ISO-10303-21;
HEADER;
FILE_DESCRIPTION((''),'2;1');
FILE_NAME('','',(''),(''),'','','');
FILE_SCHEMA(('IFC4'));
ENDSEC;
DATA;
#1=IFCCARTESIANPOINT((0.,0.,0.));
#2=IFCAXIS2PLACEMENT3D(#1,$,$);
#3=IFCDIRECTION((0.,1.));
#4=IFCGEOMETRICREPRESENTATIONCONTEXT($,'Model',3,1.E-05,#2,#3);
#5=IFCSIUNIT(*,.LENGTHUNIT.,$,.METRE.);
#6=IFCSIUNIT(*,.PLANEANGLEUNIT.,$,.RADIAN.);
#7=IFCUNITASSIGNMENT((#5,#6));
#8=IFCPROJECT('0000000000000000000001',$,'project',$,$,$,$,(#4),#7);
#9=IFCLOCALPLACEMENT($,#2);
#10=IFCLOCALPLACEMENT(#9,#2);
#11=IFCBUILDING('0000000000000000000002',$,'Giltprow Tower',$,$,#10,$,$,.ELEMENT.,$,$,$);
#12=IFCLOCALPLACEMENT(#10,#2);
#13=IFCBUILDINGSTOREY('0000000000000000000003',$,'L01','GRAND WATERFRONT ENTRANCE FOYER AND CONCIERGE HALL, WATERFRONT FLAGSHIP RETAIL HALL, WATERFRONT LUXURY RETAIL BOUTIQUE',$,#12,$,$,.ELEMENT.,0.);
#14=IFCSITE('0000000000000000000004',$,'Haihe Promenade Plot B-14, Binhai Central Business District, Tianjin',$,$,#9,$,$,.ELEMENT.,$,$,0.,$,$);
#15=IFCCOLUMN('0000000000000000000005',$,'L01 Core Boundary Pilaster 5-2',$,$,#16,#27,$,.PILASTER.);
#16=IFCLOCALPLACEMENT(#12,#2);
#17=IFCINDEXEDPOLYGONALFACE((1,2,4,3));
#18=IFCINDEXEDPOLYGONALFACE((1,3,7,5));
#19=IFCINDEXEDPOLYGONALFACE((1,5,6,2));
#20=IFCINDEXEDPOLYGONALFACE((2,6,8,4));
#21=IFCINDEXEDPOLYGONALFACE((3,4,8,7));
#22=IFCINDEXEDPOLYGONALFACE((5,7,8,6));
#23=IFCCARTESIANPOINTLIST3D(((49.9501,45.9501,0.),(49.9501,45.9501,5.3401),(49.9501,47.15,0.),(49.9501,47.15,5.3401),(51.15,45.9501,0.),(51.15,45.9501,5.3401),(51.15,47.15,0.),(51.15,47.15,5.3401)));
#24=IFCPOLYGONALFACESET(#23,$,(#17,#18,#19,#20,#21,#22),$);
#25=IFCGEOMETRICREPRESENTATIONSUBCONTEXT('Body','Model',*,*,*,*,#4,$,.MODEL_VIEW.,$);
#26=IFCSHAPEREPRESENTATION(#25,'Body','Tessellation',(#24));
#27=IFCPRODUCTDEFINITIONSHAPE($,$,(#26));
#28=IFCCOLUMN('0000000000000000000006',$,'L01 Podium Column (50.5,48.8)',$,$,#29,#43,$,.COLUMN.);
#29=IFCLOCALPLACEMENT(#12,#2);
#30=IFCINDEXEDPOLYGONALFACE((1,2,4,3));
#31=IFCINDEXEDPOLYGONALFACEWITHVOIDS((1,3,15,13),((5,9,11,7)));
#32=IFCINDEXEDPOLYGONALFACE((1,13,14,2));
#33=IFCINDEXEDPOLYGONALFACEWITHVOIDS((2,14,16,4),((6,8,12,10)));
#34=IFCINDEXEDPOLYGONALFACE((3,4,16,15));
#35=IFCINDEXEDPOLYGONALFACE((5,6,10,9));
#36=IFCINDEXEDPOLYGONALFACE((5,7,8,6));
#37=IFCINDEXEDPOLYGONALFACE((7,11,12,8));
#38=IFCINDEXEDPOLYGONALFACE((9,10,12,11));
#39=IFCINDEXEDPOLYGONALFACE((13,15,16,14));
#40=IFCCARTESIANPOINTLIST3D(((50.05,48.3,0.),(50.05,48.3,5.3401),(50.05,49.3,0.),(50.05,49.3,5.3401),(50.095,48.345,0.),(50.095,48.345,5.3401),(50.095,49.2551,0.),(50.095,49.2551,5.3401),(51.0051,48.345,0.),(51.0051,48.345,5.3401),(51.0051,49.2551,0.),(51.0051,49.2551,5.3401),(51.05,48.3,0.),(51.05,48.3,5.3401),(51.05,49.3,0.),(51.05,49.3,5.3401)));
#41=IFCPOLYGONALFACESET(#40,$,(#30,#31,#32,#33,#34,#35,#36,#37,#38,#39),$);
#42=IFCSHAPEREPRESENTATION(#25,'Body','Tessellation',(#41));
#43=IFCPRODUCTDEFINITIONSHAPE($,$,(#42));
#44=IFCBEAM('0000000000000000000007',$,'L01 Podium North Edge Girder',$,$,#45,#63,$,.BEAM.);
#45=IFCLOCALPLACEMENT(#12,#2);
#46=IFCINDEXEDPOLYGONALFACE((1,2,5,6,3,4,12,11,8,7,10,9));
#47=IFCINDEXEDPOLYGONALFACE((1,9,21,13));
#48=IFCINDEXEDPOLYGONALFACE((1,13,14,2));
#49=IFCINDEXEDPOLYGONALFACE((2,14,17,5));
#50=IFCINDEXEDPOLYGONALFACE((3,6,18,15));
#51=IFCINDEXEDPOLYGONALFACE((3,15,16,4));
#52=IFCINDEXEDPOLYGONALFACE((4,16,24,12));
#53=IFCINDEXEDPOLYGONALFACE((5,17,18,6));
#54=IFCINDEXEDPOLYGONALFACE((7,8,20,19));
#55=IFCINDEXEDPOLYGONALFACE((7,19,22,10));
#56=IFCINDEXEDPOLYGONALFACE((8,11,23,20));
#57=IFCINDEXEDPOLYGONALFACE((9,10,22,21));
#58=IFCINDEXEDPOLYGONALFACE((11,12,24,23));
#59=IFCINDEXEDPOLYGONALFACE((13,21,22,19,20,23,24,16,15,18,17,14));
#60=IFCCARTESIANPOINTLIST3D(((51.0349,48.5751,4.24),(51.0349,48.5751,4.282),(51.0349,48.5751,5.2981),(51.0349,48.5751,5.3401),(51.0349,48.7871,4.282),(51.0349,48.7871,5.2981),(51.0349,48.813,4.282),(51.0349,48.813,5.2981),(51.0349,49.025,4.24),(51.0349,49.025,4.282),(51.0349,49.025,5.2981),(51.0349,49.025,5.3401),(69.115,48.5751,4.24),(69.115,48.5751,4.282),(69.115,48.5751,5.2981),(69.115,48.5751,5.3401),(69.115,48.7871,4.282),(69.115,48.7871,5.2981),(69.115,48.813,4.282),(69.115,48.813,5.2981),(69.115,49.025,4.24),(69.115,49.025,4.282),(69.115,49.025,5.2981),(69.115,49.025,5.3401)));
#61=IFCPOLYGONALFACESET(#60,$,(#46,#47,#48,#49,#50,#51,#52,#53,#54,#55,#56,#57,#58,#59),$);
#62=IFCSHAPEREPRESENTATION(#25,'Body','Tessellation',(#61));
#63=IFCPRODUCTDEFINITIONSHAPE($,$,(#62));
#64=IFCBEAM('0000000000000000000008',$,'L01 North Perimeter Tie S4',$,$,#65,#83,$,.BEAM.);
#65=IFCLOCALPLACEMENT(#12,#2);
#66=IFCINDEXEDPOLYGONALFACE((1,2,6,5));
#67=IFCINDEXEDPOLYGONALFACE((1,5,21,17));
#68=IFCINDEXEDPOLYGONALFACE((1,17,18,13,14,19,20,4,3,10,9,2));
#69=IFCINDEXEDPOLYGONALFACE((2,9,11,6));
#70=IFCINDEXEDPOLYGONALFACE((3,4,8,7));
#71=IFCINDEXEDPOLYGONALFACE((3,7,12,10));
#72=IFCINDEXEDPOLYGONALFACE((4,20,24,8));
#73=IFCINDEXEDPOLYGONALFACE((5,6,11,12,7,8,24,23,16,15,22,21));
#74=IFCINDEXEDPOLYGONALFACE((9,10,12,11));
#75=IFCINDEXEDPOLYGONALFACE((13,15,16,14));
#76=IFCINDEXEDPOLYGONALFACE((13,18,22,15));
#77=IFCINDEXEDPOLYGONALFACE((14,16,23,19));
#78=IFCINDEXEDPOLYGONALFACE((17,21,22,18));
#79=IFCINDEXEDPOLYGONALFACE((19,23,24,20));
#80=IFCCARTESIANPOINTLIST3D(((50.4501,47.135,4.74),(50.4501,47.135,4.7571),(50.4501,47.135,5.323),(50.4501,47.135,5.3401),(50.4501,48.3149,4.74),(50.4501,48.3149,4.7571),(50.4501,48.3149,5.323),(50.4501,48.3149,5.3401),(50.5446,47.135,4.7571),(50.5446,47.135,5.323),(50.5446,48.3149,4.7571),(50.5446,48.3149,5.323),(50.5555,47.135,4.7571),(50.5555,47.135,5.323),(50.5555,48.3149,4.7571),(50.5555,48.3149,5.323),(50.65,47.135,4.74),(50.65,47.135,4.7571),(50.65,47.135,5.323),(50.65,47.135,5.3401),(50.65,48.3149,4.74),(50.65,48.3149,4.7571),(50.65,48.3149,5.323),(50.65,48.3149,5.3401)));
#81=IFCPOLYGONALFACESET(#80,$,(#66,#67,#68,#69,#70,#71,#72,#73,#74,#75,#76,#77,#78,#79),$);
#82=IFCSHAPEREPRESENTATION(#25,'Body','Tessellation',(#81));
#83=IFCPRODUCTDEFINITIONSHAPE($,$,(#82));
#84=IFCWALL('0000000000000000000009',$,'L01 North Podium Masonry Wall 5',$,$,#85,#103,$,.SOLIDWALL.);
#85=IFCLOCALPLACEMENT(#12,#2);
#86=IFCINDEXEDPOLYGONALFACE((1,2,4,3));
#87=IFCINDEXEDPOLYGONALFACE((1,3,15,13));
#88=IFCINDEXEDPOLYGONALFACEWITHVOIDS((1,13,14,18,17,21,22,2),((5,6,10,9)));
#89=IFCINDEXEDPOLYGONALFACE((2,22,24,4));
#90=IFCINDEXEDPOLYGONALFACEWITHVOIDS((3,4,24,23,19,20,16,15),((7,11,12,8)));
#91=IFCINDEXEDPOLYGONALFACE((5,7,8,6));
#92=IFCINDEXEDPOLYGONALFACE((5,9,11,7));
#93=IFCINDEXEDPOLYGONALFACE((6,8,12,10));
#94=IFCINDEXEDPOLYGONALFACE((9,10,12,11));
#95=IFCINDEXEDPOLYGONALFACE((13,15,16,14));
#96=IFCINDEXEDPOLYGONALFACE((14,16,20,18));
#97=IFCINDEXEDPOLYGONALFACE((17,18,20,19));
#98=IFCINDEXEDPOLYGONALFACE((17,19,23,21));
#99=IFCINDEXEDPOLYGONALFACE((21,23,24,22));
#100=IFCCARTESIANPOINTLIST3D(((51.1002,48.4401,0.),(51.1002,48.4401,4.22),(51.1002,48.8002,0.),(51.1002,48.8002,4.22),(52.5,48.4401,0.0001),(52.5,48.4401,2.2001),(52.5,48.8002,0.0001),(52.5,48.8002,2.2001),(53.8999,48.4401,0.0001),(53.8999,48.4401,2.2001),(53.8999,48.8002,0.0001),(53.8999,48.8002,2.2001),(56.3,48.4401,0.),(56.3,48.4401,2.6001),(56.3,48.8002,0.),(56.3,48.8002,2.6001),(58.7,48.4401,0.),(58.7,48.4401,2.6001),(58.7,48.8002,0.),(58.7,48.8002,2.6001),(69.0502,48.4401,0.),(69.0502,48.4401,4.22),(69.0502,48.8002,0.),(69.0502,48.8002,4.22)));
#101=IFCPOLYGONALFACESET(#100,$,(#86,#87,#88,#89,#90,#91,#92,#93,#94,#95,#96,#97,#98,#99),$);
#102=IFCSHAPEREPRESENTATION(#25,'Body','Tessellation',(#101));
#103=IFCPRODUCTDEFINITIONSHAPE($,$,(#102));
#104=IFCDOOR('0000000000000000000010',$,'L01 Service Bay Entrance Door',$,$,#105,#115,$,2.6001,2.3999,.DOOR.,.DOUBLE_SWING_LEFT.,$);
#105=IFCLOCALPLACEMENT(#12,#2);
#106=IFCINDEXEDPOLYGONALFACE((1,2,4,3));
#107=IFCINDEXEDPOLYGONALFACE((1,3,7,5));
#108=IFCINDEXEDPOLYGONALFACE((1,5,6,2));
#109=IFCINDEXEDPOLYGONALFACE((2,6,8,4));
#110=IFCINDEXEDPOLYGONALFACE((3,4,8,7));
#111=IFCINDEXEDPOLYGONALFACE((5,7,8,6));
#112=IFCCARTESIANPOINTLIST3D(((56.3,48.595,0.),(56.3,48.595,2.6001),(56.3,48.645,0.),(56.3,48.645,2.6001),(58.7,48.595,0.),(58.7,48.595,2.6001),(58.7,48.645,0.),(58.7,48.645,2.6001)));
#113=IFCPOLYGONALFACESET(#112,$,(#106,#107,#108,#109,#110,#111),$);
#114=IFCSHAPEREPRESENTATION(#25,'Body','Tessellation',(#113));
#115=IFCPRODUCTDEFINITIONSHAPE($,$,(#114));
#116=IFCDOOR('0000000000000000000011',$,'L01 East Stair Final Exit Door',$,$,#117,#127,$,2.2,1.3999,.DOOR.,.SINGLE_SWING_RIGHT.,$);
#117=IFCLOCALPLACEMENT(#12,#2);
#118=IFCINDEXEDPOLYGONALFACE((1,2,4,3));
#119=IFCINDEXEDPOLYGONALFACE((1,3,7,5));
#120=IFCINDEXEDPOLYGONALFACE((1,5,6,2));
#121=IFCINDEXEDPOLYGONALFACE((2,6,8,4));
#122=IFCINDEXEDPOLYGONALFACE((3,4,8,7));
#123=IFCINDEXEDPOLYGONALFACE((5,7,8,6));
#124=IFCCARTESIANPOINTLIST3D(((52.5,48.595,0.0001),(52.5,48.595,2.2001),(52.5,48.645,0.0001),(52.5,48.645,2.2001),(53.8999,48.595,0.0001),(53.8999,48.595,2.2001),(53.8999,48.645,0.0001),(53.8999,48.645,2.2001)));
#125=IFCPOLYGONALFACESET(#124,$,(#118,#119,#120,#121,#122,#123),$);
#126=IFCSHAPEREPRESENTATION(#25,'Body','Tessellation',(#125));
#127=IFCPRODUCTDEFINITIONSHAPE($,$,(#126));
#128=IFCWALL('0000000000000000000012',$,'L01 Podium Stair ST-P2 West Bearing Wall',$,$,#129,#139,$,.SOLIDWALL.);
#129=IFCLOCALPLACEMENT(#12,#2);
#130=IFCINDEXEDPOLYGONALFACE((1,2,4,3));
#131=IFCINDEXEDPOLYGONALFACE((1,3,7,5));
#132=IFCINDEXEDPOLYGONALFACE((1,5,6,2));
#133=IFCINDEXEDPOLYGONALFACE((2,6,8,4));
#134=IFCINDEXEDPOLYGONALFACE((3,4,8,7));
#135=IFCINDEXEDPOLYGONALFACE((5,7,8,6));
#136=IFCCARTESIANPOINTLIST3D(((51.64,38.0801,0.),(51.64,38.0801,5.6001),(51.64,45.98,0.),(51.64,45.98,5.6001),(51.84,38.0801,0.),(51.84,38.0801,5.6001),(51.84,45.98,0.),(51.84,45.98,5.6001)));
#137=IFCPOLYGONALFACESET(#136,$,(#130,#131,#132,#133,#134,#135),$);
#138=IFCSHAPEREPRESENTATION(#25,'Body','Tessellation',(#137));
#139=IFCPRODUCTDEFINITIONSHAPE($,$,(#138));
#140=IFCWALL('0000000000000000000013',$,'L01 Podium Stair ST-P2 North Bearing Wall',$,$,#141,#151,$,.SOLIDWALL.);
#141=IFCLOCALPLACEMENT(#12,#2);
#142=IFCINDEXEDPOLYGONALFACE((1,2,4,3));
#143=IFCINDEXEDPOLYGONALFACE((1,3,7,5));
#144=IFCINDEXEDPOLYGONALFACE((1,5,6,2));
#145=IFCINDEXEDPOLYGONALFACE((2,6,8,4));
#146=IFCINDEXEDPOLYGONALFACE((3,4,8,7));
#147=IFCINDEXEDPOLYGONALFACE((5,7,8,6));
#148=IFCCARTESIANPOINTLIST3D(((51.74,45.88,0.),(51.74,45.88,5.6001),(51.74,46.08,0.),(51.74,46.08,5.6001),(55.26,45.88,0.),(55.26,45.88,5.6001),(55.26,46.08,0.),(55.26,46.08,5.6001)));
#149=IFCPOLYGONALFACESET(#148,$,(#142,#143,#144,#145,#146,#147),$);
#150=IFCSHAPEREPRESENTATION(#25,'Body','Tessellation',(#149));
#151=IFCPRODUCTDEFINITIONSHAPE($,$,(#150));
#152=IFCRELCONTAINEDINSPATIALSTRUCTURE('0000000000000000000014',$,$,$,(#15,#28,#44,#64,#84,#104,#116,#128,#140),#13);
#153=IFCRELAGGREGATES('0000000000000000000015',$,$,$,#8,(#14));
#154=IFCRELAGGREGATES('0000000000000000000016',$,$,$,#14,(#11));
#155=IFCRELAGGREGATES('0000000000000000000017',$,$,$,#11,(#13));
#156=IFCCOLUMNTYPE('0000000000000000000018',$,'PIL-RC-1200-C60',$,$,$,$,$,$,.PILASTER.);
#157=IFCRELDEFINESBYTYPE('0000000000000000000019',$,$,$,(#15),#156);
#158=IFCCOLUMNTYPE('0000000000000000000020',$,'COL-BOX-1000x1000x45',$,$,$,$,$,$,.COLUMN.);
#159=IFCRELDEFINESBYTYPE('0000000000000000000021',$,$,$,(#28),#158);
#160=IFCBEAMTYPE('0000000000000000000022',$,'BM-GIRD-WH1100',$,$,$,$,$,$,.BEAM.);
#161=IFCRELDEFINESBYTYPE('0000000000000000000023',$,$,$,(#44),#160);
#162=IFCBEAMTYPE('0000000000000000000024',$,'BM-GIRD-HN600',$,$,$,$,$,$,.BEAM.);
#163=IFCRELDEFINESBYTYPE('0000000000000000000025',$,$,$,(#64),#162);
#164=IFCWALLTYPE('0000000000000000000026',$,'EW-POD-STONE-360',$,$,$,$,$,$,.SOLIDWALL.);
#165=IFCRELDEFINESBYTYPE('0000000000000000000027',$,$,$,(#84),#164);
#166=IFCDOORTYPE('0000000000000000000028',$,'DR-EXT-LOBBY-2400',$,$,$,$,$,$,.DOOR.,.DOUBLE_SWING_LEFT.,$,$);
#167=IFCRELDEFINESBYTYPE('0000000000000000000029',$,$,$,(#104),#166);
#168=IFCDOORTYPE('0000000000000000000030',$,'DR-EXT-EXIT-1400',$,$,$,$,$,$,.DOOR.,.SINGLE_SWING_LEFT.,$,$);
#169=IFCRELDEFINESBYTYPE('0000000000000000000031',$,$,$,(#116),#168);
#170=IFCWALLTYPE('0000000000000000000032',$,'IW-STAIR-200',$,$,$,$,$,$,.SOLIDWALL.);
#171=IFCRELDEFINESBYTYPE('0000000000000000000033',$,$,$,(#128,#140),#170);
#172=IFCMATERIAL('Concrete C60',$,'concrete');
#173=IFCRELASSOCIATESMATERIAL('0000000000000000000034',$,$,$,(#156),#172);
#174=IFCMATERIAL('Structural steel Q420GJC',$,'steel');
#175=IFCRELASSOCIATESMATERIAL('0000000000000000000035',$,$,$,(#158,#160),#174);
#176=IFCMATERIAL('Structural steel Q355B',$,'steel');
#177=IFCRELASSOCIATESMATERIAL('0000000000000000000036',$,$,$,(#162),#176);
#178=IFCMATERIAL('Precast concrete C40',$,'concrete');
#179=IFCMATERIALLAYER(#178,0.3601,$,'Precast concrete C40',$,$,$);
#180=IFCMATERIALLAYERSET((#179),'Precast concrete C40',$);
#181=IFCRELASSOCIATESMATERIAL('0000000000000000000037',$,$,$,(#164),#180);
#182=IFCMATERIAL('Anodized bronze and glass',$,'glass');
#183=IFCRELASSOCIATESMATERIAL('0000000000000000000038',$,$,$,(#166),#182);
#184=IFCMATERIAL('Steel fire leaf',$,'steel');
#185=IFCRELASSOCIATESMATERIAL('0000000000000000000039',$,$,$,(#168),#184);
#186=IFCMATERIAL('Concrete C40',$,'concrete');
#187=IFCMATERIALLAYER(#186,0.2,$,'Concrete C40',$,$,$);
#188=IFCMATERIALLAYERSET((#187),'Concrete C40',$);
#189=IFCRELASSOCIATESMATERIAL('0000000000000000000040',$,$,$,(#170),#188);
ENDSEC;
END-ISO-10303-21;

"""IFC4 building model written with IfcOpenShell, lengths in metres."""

from ifc_helpers import new_model, si_unit, direction, frame, frame_2d, origin, origin_2d, place, context, subcontext, project, spatial, rectangle, hollow_rectangle, i_section, extrude, source, transform, mapped, material, layer, layer_set, material_profile, profile_set, type_object, element, fill, save


model = new_model("IFC4")

# Units and contexts
model_context = context("Model", 3, precision=1e-05, world=origin(), true_north=direction((0.0, 1.0)))
body_context = subcontext(model_context, "Body", "Model", "MODEL_VIEW")
ifc_project = project(units=[si_unit("LENGTHUNIT", "METRE"), si_unit("PLANEANGLEUNIT", "RADIAN")], contexts=[model_context])

# Site, building, storey
site_placement = place(None, origin())
site = spatial("IfcSite", under=ifc_project, at=site_placement, Name="Haihe Promenade Plot B-14, Binhai Central Business District, Tianjin", CompositionType="ELEMENT", RefElevation=0.0)
building_placement = place(site_placement, origin())
building = spatial("IfcBuilding", under=site, at=building_placement, Name="Giltprow Tower", CompositionType="ELEMENT")
storey_placement = place(building_placement, origin())
storey = spatial("IfcBuildingStorey", under=building, at=storey_placement, Name="L01", Description="GRAND WATERFRONT ENTRANCE FOYER AND CONCIERGE HALL, WATERFRONT FLAGSHIP RETAIL HALL, WATERFRONT LUXURY RETAIL BOUTIQUE", CompositionType="ELEMENT", Elevation=0.0)

# Columns
ifc_material_1 = material(Name="Concrete C60", Category="concrete")
ifc_material_profile_1 = material_profile(ifc_material_1, rectangle(XDim=1.2, YDim=1.2, at=origin_2d()), Name="RC 1200x1200")
ifc_profile_set_1 = profile_set([ifc_material_profile_1], Name="Concrete C60")
column_type_1 = type_object("IfcColumnType", Name="PIL-RC-1200-C60", PredefinedType="PILASTER", material=ifc_profile_set_1)
shared_shape_1 = source(origin(), body_context, "Body", "SweptSolid", [
    extrude(rectangle(XDim=1.2, YDim=1.2, at=origin_2d()), origin(), (0.0, 0.0, 1.0), 5.3401),
])
column_1_placement = place(storey_placement, frame((50.55, 46.55, 0.0), z_axis=(0.0, 0.0, 1.0), x_axis=(1.0, 0.0, 0.0)))
element("IfcColumn", 1, at=column_1_placement, inside=storey, type_object=column_type_1, Name="L01 Core Boundary Pilaster 5-2", PredefinedType="PILASTER", context=body_context, shape_type="MappedRepresentation", body=[
    mapped(shared_shape_1, transform((0.0, 0.0, 0.0), x_axis=(1.0, 0.0, 0.0), y_axis=(0.0, 1.0, 0.0), z_axis=(0.0, 0.0, 1.0), scale=1.0)),
])
ifc_material_2 = material(Name="Structural steel Q420GJC", Category="steel")
ifc_material_profile_2 = material_profile(ifc_material_2, hollow_rectangle(XDim=1.0, YDim=1.0, WallThickness=0.0449, at=origin_2d()), Name="BOX 1000x1000x45")
ifc_profile_set_2 = profile_set([ifc_material_profile_2], Name="Structural steel Q420GJC")
column_type_2 = type_object("IfcColumnType", Name="COL-BOX-1000x1000x45", PredefinedType="COLUMN", material=ifc_profile_set_2)
shared_shape_2 = source(origin(), body_context, "Body", "SweptSolid", [
    extrude(hollow_rectangle(XDim=1.0, YDim=1.0, WallThickness=0.0449, at=origin_2d()), origin(), (0.0, 0.0, 1.0), 5.3401),
])
column_2_placement = place(storey_placement, frame((50.55, 48.8, 0.0), z_axis=(0.0, 0.0, 1.0), x_axis=(1.0, 0.0, 0.0)))
element("IfcColumn", 2, at=column_2_placement, inside=storey, type_object=column_type_2, Name="L01 Podium Column (50.5,48.8)", PredefinedType="COLUMN", context=body_context, shape_type="MappedRepresentation", body=[
    mapped(shared_shape_2, transform((0.0, 0.0, 0.0), x_axis=(1.0, 0.0, 0.0), y_axis=(0.0, 1.0, 0.0), z_axis=(0.0, 0.0, 1.0), scale=1.0)),
])

# Beams
ifc_material_profile_3 = material_profile(ifc_material_2, i_section(OverallWidth=0.45, OverallDepth=1.1001, WebThickness=0.0259, FlangeThickness=0.042, at=origin_2d()), Name="WH 1100x450x26x42")
ifc_profile_set_3 = profile_set([ifc_material_profile_3], Name="Structural steel Q420GJC")
beam_type_1 = type_object("IfcBeamType", Name="BM-GIRD-WH1100", PredefinedType="BEAM", material=ifc_profile_set_3)
shared_shape_3 = source(origin(), body_context, "Body", "SweptSolid", [
    extrude(i_section(OverallWidth=0.45, OverallDepth=1.1001, WebThickness=0.0259, FlangeThickness=0.042, at=origin_2d()), origin(), (0.0, 0.0, 1.0), 18.0801),
])
beam_1_placement = place(storey_placement, frame((51.0349, 48.8, 4.79), z_axis=(1.0, 0.0, 0.0), x_axis=(0.0, 1.0, 0.0)))
element("IfcBeam", 3, at=beam_1_placement, inside=storey, type_object=beam_type_1, Name="L01 Podium North Edge Girder", PredefinedType="BEAM", context=body_context, shape_type="MappedRepresentation", body=[
    mapped(shared_shape_3, transform((0.0, 0.0, 0.0), x_axis=(1.0, 0.0, 0.0), y_axis=(0.0, 1.0, 0.0), z_axis=(0.0, 0.0, 1.0), scale=1.0)),
])
ifc_material_3 = material(Name="Structural steel Q355B", Category="steel")
ifc_material_profile_4 = material_profile(ifc_material_3, i_section(OverallWidth=0.2, OverallDepth=0.6001, WebThickness=0.011, FlangeThickness=0.0171, at=origin_2d()), Name="HN 600x200x11x17")
ifc_profile_set_4 = profile_set([ifc_material_profile_4], Name="Structural steel Q355B")
beam_type_2 = type_object("IfcBeamType", Name="BM-GIRD-HN600", PredefinedType="BEAM", material=ifc_profile_set_4)
shared_shape_4 = source(origin(), body_context, "Body", "SweptSolid", [
    extrude(i_section(OverallWidth=0.2, OverallDepth=0.6001, WebThickness=0.011, FlangeThickness=0.0171, at=origin_2d()), origin(), (0.0, 0.0, 1.0), 1.1799),
])
beam_2_placement = place(storey_placement, frame((50.55, 47.135, 5.04), z_axis=(0.0, 1.0, 0.0), x_axis=(-1.0, 0.0, 0.0)))
element("IfcBeam", 4, at=beam_2_placement, inside=storey, type_object=beam_type_2, Name="L01 North Perimeter Tie S4", PredefinedType="BEAM", context=body_context, shape_type="MappedRepresentation", body=[
    mapped(shared_shape_4, transform((0.0, 0.0, 0.0), x_axis=(1.0, 0.0, 0.0), y_axis=(0.0, 1.0, 0.0), z_axis=(0.0, 0.0, 1.0), scale=1.0)),
])

# Wall, openings, doors
ifc_material_4 = material(Name="Precast concrete C40", Category="concrete")
ifc_layer_1 = layer(ifc_material_4, 0.3601, Name="Precast concrete C40")
ifc_layer_set_1 = layer_set([ifc_layer_1], Name="Precast concrete C40")
wall_type_1 = type_object("IfcWallType", Name="EW-POD-STONE-360", PredefinedType="SOLIDWALL", material=ifc_layer_set_1)
wall_1_placement = place(storey_placement, frame((51.1001, 48.6201, 0.0), z_axis=(0.0, 0.0, 1.0), x_axis=(1.0, 0.0, 0.0)))
wall_1 = element("IfcWall", 5, at=wall_1_placement, inside=storey, type_object=wall_type_1, Name="L01 North Podium Masonry Wall 5", PredefinedType="SOLIDWALL", context=body_context, shape_type="SweptSolid", body=[
    extrude(rectangle(XDim=17.95, YDim=0.3601, at=frame_2d((8.9751, 0.0))), origin(), (0.0, 0.0, 1.0), 4.22),
])
opening_1_placement = place(wall_1_placement, frame((1.3999, 0.0, 0.0)))
opening_1 = element("IfcOpeningElement", 6, at=opening_1_placement, cuts=wall_1, PredefinedType="OPENING", context=body_context, shape_type="SweptSolid", body=[
    extrude(rectangle(XDim=1.3999, YDim=2.2, at=frame_2d((0.7, 1.1001))), frame((0.0, 0.1899, 0.0), z_axis=(0.0, -1.0, 0.0), x_axis=(1.0, 0.0, 0.0)), (0.0, 0.0, 1.0), 0.3801),
])
opening_2_placement = place(wall_1_placement, frame((5.2, 0.0, 0.0)))
opening_2 = element("IfcOpeningElement", 7, at=opening_2_placement, cuts=wall_1, PredefinedType="OPENING", context=body_context, shape_type="SweptSolid", body=[
    extrude(rectangle(XDim=2.3999, YDim=2.6001, at=frame_2d((1.2, 1.3))), frame((0.0, 0.1899, 0.0), z_axis=(0.0, -1.0, 0.0), x_axis=(1.0, 0.0, 0.0)), (0.0, 0.0, 1.0), 0.3801),
])
ifc_material_5 = material(Name="Anodized bronze and glass", Category="glass")
door_type_1 = type_object("IfcDoorType", Name="DR-EXT-LOBBY-2400", OperationType="DOUBLE_SWING_LEFT", PredefinedType="DOOR", material=ifc_material_5)
shared_shape_5 = source(origin(), body_context, "Body", "SweptSolid", [
    extrude(rectangle(XDim=2.3999, YDim=2.6001, at=frame_2d((1.2, 1.3))), frame((0.0, 0.0249, 0.0), z_axis=(0.0, -1.0, 0.0), x_axis=(1.0, 0.0, 0.0)), (0.0, 0.0, 1.0), 0.05),
])
door_1_placement = place(opening_2_placement, origin())
door_1 = element("IfcDoor", 8, at=door_1_placement, inside=storey, type_object=door_type_1, Name="L01 Service Bay Entrance Door", OperationType="DOUBLE_SWING_LEFT", OverallHeight=2.6001, OverallWidth=2.3999, PredefinedType="DOOR", context=body_context, shape_type="MappedRepresentation", body=[
    mapped(shared_shape_5, transform((0.0, 0.0, 0.0), x_axis=(1.0, 0.0, 0.0), y_axis=(0.0, 1.0, 0.0), z_axis=(0.0, 0.0, 1.0), scale=1.0)),
])
fill(opening_2, door_1)
ifc_material_6 = material(Name="Steel fire leaf", Category="steel")
door_type_2 = type_object("IfcDoorType", Name="DR-EXT-EXIT-1400", OperationType="SINGLE_SWING_LEFT", PredefinedType="DOOR", material=ifc_material_6)
shared_shape_6 = source(origin(), body_context, "Body", "SweptSolid", [
    extrude(rectangle(XDim=1.3999, YDim=2.2, at=frame_2d((0.7, 1.1001))), frame((0.0, 0.0249, 0.0), z_axis=(0.0, -1.0, 0.0), x_axis=(1.0, 0.0, 0.0)), (0.0, 0.0, 1.0), 0.05),
])
door_2_placement = place(opening_1_placement, origin())
door_2 = element("IfcDoor", 9, at=door_2_placement, inside=storey, type_object=door_type_2, Name="L01 East Stair Final Exit Door", OperationType="SINGLE_SWING_RIGHT", OverallHeight=2.2, OverallWidth=1.3999, PredefinedType="DOOR", context=body_context, shape_type="MappedRepresentation", body=[
    mapped(shared_shape_6, transform((0.0, 0.0, 0.0), x_axis=(1.0, 0.0, 0.0), y_axis=(0.0, 1.0, 0.0), z_axis=(0.0, 0.0, 1.0), scale=1.0)),
])
fill(opening_1, door_2)

# Walls
ifc_material_7 = material(Name="Concrete C40", Category="concrete")
ifc_layer_2 = layer(ifc_material_7, 0.2, Name="Concrete C40")
ifc_layer_set_2 = layer_set([ifc_layer_2], Name="Concrete C40")
wall_type_2 = type_object("IfcWallType", Name="IW-STAIR-200", PredefinedType="SOLIDWALL", material=ifc_layer_set_2)
wall_2_placement = place(storey_placement, frame((51.74, 38.0801, 0.0), z_axis=(0.0, 0.0, 1.0), x_axis=(0.0, 1.0, 0.0)))
element("IfcWall", 10, at=wall_2_placement, inside=storey, type_object=wall_type_2, Name="L01 Podium Stair ST-P2 West Bearing Wall", PredefinedType="SOLIDWALL", context=body_context, shape_type="SweptSolid", body=[
    extrude(rectangle(XDim=7.8999, YDim=0.2, at=frame_2d((3.95, 0.0))), origin(), (0.0, 0.0, 1.0), 5.6001),
])
wall_3_placement = place(storey_placement, frame((51.74, 45.98, 0.0), z_axis=(0.0, 0.0, 1.0), x_axis=(1.0, 0.0, 0.0)))
element("IfcWall", 11, at=wall_3_placement, inside=storey, type_object=wall_type_2, Name="L01 Podium Stair ST-P2 North Bearing Wall", PredefinedType="SOLIDWALL", context=body_context, shape_type="SweptSolid", body=[
    extrude(rectangle(XDim=3.52, YDim=0.2, at=frame_2d((1.76, 0.0))), origin(), (0.0, 0.0, 1.0), 5.6001),
])

save(model, "model.ifc")
